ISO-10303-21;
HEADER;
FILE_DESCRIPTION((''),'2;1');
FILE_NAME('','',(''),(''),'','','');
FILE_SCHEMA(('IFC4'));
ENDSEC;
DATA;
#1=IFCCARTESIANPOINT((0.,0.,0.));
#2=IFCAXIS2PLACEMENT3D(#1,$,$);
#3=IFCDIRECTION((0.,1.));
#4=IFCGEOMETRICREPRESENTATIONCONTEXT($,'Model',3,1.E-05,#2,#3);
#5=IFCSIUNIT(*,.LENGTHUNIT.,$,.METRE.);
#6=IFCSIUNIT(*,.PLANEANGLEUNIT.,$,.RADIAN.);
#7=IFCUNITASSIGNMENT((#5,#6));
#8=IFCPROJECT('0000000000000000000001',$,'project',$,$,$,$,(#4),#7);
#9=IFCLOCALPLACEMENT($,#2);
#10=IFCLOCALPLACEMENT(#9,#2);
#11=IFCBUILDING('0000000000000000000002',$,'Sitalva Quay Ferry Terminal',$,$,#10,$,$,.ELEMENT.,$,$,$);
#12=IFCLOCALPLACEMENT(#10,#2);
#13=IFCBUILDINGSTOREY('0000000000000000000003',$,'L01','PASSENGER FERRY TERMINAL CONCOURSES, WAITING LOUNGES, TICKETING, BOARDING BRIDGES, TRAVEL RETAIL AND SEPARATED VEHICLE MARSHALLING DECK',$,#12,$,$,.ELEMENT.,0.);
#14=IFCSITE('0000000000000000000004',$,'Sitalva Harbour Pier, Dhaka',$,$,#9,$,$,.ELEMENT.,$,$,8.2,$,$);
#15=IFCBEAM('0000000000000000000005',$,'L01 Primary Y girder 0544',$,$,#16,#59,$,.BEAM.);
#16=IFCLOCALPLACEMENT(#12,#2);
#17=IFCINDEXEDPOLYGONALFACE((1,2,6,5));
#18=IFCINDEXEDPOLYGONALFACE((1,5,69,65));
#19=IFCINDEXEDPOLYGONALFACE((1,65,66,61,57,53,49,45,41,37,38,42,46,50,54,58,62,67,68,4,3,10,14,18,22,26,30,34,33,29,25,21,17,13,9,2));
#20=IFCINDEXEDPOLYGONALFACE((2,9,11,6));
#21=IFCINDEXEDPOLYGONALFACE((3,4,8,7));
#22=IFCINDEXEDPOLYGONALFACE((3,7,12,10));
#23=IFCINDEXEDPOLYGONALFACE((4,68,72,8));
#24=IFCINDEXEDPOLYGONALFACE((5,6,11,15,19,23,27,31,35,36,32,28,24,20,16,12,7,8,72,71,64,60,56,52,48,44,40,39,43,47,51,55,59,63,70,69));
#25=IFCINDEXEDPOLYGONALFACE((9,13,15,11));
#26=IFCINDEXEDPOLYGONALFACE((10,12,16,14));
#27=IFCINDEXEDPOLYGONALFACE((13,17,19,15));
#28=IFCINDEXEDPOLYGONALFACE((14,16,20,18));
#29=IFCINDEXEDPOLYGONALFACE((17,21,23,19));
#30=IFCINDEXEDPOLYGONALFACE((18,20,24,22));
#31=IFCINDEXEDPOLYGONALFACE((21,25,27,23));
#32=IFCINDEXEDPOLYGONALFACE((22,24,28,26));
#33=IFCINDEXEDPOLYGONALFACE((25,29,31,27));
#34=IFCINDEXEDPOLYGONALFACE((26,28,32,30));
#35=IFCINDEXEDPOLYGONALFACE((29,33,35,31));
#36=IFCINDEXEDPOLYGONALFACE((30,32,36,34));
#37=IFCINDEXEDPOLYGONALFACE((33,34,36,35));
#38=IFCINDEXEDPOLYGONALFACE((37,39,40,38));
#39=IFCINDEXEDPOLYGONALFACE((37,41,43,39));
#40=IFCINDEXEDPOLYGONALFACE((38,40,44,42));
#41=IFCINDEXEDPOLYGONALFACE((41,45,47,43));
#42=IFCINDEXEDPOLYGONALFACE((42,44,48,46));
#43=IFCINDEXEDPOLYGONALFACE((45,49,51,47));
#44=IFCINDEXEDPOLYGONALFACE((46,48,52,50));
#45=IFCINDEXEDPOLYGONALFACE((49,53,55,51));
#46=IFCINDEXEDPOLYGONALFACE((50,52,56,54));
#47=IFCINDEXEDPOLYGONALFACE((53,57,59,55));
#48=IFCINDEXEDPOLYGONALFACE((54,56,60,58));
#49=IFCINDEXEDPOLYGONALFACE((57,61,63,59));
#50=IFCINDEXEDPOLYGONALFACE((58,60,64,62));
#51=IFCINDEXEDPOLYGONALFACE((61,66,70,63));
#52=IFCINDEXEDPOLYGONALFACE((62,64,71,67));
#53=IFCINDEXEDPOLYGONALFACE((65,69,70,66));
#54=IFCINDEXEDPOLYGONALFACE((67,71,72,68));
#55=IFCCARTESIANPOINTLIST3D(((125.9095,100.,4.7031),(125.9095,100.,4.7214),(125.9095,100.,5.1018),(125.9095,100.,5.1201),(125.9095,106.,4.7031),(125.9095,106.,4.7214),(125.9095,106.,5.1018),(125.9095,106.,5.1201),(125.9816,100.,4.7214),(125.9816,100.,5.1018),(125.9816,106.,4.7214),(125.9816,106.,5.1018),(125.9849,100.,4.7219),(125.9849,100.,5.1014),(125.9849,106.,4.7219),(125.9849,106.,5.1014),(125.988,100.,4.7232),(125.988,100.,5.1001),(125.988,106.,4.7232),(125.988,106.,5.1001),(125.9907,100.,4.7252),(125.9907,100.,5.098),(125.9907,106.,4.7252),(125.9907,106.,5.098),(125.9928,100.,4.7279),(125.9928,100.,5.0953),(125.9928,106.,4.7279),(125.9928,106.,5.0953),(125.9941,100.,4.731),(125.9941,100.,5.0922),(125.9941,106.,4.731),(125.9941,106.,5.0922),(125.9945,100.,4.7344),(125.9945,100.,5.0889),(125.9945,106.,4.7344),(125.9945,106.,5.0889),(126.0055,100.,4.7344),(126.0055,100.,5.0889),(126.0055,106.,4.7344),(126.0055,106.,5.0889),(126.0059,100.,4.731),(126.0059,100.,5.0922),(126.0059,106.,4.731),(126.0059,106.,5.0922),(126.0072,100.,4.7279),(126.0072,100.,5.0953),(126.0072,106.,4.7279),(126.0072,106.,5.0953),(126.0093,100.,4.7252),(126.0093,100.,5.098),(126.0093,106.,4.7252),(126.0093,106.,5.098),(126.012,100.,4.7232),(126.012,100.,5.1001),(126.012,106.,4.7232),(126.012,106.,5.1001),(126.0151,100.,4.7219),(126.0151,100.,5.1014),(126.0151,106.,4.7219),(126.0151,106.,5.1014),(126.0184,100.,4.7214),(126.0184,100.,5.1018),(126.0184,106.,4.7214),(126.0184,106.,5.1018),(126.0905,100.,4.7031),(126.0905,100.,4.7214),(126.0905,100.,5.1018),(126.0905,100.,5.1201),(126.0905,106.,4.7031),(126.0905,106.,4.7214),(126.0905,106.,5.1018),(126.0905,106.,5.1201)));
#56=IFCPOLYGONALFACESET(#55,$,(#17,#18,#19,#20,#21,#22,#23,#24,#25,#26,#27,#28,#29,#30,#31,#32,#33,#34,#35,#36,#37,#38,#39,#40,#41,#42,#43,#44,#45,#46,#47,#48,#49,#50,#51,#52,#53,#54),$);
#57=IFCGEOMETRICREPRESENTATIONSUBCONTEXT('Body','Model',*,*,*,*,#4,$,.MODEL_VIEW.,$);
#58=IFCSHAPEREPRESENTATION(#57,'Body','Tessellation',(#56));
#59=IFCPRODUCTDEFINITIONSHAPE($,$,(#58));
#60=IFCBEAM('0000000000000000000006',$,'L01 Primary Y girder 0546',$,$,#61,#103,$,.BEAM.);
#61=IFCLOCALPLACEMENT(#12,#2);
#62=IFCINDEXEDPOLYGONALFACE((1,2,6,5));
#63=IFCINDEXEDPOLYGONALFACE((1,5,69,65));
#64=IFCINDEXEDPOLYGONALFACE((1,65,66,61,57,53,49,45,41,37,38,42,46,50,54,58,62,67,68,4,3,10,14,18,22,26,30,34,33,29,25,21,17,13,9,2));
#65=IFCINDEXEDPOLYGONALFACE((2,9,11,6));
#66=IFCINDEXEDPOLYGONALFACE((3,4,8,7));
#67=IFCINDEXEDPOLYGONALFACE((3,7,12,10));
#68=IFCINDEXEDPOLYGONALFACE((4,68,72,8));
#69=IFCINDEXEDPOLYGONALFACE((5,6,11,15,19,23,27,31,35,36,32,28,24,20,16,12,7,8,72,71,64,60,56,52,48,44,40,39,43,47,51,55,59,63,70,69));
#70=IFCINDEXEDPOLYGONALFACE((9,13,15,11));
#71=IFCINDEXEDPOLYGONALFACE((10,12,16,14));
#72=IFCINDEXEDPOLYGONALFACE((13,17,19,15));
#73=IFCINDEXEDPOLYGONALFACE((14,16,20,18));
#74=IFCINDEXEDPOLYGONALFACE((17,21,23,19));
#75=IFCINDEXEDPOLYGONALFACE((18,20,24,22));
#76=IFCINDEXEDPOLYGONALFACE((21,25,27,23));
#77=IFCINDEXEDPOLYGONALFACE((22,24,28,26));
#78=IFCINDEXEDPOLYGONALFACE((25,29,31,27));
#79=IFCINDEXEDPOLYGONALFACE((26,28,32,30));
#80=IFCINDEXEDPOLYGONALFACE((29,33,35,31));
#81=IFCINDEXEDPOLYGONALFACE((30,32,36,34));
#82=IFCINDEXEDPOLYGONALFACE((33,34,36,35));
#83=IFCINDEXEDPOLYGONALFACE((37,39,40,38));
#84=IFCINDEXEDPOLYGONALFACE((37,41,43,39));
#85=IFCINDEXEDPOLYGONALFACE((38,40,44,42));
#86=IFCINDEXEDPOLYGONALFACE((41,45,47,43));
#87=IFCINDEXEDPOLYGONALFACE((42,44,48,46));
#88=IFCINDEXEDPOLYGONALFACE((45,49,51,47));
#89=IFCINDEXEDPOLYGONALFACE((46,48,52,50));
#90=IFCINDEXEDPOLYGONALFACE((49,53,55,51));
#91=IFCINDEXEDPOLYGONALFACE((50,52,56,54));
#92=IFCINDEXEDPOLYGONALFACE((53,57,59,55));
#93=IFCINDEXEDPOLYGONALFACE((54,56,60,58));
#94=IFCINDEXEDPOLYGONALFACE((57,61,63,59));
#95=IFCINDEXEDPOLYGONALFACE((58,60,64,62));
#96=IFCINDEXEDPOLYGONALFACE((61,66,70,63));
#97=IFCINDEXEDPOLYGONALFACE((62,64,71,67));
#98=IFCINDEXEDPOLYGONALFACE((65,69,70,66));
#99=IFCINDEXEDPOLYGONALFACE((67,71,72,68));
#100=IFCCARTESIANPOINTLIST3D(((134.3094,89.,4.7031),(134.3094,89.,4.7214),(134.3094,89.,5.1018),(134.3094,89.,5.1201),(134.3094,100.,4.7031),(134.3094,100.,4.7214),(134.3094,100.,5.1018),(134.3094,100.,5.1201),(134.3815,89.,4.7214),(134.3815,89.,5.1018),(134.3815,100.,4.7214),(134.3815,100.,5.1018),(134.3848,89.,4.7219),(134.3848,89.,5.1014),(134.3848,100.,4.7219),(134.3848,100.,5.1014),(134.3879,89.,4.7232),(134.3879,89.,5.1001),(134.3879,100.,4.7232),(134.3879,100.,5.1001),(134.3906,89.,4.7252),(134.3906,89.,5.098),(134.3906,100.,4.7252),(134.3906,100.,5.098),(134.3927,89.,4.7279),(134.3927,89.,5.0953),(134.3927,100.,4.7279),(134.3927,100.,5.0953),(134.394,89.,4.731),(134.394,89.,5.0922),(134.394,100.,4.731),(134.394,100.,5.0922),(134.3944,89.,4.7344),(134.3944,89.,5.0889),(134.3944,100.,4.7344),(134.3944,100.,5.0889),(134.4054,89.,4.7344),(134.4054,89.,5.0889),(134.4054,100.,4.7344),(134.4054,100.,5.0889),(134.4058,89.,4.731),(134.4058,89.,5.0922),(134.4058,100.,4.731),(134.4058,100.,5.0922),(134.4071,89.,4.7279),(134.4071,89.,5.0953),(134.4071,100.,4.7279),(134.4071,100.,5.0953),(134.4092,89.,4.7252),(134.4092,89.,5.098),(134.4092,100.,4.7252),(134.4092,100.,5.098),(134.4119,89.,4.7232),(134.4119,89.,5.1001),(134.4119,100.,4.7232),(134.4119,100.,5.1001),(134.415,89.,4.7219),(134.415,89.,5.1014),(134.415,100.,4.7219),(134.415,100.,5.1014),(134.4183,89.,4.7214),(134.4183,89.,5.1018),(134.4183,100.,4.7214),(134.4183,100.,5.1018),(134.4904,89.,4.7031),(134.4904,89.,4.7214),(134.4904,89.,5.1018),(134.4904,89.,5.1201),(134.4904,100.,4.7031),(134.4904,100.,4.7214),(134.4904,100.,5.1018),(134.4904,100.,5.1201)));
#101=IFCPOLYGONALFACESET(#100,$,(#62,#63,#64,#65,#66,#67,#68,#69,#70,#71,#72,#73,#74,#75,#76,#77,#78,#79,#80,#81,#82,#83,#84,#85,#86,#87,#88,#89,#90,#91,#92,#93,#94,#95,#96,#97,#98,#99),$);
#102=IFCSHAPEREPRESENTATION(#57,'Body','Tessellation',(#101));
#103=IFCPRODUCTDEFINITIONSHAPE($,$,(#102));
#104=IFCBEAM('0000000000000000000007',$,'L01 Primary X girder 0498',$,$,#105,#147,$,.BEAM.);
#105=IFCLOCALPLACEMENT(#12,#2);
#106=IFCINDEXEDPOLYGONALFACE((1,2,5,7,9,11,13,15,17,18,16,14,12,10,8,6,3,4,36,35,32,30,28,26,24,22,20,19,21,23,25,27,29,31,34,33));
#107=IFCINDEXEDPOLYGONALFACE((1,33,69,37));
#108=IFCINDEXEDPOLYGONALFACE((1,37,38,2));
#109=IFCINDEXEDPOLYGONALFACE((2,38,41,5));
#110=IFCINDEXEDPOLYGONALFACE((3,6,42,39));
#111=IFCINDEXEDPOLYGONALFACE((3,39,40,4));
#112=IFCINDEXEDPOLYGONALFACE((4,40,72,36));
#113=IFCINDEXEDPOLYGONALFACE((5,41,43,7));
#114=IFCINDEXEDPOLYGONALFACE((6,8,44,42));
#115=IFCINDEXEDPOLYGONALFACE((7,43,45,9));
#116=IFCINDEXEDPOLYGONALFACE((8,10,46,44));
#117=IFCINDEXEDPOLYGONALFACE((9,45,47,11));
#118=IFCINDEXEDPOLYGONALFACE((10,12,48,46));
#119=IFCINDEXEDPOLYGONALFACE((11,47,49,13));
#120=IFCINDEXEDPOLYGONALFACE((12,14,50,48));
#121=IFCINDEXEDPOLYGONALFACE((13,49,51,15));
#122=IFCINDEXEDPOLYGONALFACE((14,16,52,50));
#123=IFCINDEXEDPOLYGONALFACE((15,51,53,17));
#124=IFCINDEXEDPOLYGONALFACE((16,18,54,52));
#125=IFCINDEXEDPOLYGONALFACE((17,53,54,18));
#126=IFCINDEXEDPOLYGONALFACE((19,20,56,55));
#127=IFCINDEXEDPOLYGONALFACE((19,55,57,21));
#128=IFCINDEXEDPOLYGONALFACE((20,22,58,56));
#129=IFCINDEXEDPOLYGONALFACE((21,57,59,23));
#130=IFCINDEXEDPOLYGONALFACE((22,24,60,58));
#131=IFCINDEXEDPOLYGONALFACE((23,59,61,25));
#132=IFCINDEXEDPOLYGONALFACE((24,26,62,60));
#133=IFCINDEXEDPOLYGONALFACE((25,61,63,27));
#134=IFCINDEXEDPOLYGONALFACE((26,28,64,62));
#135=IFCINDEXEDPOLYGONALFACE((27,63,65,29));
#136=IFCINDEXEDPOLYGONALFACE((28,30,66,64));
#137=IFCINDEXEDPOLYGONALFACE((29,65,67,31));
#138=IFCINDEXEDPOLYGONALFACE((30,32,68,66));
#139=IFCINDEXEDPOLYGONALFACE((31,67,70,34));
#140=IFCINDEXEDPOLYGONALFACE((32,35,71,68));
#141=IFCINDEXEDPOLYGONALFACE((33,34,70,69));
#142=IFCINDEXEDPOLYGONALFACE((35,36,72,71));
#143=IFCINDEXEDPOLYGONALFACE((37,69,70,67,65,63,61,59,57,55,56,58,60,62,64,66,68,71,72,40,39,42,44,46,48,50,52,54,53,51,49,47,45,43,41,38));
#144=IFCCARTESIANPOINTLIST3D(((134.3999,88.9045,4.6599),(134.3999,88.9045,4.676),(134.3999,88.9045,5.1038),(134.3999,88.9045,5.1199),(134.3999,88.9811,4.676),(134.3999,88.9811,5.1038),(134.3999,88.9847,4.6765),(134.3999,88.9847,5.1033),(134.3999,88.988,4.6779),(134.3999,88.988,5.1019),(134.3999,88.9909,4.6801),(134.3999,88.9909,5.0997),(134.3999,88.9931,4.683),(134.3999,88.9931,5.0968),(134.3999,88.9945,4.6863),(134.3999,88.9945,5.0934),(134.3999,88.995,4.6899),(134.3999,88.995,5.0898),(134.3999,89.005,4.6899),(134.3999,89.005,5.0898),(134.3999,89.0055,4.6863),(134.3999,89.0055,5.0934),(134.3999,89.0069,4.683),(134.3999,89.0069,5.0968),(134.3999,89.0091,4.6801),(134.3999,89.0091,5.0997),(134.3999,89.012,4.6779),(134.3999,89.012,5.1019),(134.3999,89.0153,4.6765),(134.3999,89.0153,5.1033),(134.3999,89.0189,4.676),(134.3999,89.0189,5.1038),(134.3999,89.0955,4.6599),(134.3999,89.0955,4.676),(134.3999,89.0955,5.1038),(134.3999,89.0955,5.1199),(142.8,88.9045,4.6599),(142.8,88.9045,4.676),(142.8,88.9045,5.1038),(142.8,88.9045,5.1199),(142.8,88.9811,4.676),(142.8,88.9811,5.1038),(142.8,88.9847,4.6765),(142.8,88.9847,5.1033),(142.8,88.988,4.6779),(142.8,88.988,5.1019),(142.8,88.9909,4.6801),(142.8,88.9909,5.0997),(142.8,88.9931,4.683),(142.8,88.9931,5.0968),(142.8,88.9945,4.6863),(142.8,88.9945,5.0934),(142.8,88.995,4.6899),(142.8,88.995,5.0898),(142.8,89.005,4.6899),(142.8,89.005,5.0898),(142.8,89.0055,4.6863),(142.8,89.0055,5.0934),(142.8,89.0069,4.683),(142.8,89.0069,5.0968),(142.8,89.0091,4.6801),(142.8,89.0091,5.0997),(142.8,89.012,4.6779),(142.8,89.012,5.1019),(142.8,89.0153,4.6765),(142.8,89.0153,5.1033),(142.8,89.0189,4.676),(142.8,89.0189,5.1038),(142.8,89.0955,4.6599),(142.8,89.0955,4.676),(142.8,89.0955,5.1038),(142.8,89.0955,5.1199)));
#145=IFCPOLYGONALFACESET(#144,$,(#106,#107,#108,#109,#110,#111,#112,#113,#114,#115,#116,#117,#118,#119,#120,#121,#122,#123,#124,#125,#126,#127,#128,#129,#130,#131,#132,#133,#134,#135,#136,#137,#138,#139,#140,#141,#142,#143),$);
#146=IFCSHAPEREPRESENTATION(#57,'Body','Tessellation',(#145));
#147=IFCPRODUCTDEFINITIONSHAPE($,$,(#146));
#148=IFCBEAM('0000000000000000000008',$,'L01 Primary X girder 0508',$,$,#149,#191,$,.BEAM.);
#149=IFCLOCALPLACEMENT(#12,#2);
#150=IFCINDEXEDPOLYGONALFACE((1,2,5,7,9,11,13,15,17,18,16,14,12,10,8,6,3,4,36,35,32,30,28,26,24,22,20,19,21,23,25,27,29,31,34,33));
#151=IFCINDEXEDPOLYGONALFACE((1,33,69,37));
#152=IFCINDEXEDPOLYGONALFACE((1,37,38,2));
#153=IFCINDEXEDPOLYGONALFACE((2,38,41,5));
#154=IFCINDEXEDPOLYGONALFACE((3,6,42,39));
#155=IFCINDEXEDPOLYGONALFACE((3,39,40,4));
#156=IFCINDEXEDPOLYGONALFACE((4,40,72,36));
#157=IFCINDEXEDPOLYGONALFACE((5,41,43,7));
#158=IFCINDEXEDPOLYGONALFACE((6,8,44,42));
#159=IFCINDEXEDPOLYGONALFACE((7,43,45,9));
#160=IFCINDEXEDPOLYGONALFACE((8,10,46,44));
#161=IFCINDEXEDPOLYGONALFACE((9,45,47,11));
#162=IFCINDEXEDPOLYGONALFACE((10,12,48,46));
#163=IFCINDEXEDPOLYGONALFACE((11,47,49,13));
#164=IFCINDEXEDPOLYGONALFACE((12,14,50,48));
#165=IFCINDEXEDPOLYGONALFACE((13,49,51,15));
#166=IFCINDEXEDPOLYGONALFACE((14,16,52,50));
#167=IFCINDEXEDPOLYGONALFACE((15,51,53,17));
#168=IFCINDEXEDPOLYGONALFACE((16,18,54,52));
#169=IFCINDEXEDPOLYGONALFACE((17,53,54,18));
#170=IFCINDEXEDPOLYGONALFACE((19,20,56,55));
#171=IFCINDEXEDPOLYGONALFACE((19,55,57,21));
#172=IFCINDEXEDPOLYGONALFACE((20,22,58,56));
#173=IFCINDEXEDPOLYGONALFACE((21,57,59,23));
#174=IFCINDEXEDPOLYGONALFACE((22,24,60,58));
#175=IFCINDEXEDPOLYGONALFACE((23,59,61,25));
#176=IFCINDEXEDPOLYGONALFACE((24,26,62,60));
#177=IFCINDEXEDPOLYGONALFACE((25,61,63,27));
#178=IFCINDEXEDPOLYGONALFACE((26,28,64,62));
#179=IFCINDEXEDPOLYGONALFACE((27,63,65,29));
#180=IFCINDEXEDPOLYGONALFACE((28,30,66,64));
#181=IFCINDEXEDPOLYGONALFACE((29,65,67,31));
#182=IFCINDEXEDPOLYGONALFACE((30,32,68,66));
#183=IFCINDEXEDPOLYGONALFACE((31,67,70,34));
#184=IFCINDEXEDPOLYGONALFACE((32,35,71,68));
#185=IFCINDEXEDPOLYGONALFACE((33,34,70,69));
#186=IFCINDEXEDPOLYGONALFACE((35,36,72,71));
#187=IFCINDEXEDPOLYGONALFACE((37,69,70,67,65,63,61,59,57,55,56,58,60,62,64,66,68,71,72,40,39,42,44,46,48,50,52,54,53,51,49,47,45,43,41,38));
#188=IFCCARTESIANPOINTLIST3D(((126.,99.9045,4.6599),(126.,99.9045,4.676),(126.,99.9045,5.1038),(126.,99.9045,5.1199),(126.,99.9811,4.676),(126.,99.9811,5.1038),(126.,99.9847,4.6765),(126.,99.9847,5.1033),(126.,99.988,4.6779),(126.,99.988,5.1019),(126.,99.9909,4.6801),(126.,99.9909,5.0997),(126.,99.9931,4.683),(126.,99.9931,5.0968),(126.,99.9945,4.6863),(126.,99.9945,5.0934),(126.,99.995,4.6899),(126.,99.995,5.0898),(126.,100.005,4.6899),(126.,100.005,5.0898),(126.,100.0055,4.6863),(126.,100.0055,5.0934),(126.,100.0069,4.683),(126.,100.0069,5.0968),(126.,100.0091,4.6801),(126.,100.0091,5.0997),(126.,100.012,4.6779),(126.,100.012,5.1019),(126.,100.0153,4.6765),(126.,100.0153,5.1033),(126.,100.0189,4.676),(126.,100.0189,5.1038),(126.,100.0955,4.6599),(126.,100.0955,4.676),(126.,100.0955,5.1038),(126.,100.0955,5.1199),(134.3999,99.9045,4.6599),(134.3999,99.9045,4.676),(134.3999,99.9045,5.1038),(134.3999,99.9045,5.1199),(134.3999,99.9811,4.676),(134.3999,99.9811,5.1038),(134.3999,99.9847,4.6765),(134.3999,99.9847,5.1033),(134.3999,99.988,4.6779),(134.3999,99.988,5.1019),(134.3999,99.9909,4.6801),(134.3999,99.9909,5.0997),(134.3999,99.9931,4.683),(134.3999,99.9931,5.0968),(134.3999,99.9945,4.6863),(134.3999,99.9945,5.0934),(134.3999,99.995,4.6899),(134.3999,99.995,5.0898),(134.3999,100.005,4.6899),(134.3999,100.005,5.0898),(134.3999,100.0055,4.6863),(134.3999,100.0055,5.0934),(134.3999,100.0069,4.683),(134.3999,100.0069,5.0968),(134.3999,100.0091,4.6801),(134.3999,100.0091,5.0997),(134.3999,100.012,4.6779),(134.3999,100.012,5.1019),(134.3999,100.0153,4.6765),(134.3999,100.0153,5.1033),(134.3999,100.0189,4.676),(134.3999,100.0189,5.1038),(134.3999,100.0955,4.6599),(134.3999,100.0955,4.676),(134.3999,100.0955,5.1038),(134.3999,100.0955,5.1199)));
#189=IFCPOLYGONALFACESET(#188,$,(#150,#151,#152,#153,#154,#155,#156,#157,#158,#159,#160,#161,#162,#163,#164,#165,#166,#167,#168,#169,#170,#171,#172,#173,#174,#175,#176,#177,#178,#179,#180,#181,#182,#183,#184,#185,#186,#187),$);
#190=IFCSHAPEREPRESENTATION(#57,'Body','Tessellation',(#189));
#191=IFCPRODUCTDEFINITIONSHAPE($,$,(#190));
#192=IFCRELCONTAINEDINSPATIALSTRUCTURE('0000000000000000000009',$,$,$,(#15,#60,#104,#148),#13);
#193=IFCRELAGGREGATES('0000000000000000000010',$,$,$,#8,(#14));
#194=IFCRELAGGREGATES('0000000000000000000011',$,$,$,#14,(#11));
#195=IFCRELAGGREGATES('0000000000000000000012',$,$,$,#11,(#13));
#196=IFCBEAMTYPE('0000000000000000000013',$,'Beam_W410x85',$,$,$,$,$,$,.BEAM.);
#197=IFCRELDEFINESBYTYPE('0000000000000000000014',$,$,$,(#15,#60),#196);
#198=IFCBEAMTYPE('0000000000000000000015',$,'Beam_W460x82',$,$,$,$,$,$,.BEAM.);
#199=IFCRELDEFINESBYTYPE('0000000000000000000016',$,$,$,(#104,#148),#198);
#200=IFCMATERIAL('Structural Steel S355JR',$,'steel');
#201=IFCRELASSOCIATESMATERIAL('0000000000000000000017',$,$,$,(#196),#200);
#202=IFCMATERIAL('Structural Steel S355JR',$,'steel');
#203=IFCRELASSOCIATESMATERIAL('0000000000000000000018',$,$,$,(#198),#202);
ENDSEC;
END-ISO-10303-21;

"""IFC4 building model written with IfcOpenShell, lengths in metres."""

from ifc_helpers import new_model, si_unit, direction, frame, origin, origin_2d, place, context, subcontext, project, spatial, i_section, extrude, material, material_profile, profile_set, type_object, element, save


model = new_model("IFC4")

# Units and contexts
model_context = context("Model", 3, precision=1e-05, world=origin(), true_north=direction((0.0, 1.0)))
body_context = subcontext(model_context, "Body", "Model", "MODEL_VIEW")
ifc_project = project(units=[si_unit("LENGTHUNIT", "METRE"), si_unit("PLANEANGLEUNIT", "RADIAN")], contexts=[model_context])

# Site, building, storey
site_placement = place(None, origin())
site = spatial("IfcSite", under=ifc_project, at=site_placement, Name="Sitalva Harbour Pier, Dhaka", CompositionType="ELEMENT", RefElevation=8.2)
building_placement = place(site_placement, origin())
building = spatial("IfcBuilding", under=site, at=building_placement, Name="Sitalva Quay Ferry Terminal", CompositionType="ELEMENT")
storey_placement = place(building_placement, origin())
storey = spatial("IfcBuildingStorey", under=building, at=storey_placement, Name="L01", Description="PASSENGER FERRY TERMINAL CONCOURSES, WAITING LOUNGES, TICKETING, BOARDING BRIDGES, TRAVEL RETAIL AND SEPARATED VEHICLE MARSHALLING DECK", CompositionType="ELEMENT", Elevation=0.0)

# Beams
ifc_material_1 = material(Name="Structural Steel S355JR", Category="steel")
ifc_material_profile_1 = material_profile(ifc_material_1, i_section(OverallWidth=0.1809, OverallDepth=0.417, WebThickness=0.011, FlangeThickness=0.0183, FilletRadius=0.0129, at=origin_2d()), Name="W410x85")
ifc_profile_set_1 = profile_set([ifc_material_profile_1], Name="Structural Steel S355JR")
beam_type_1 = type_object("IfcBeamType", Name="Beam_W410x85", PredefinedType="BEAM", material=ifc_profile_set_1)
beam_1_placement = place(storey_placement, frame((126.0, 100.0, 4.9116), z_axis=(0.0, 1.0, 0.0), x_axis=(-1.0, 0.0, 0.0)))
element("IfcBeam", 1, at=beam_1_placement, inside=storey, type_object=beam_type_1, Name="L01 Primary Y girder 0544", PredefinedType="BEAM", context=body_context, shape_type="SweptSolid", body=[
    extrude(i_section(OverallWidth=0.1809, OverallDepth=0.417, WebThickness=0.011, FlangeThickness=0.0183, FilletRadius=0.0129, at=origin_2d()), origin(), (0.0, 0.0, 1.0), 6.0),
])
beam_2_placement = place(storey_placement, frame((134.3999, 89.0, 4.9116), z_axis=(0.0, 1.0, 0.0), x_axis=(-1.0, 0.0, 0.0)))
element("IfcBeam", 2, at=beam_2_placement, inside=storey, type_object=beam_type_1, Name="L01 Primary Y girder 0546", PredefinedType="BEAM", context=body_context, shape_type="SweptSolid", body=[
    extrude(i_section(OverallWidth=0.1809, OverallDepth=0.417, WebThickness=0.011, FlangeThickness=0.0183, FilletRadius=0.0129, at=origin_2d()), origin(), (0.0, 0.0, 1.0), 11.0),
])
ifc_material_2 = material(Name="Structural Steel S355JR", Category="steel")
ifc_material_profile_2 = material_profile(ifc_material_2, i_section(OverallWidth=0.1909, OverallDepth=0.46, WebThickness=0.01, FlangeThickness=0.0161, FilletRadius=0.0139, at=origin_2d()), Name="W460x82")
ifc_profile_set_2 = profile_set([ifc_material_profile_2], Name="Structural Steel S355JR")
beam_type_2 = type_object("IfcBeamType", Name="Beam_W460x82", PredefinedType="BEAM", material=ifc_profile_set_2)
beam_3_placement = place(storey_placement, frame((134.3999, 89.0, 4.8899), z_axis=(1.0, 0.0, 0.0), x_axis=(0.0, 1.0, 0.0)))
element("IfcBeam", 3, at=beam_3_placement, inside=storey, type_object=beam_type_2, Name="L01 Primary X girder 0498", PredefinedType="BEAM", context=body_context, shape_type="SweptSolid", body=[
    extrude(i_section(OverallWidth=0.1909, OverallDepth=0.46, WebThickness=0.01, FlangeThickness=0.0161, FilletRadius=0.0139, at=origin_2d()), origin(), (0.0, 0.0, 1.0), 8.4001),
])
beam_4_placement = place(storey_placement, frame((126.0, 100.0, 4.8899), z_axis=(1.0, 0.0, 0.0), x_axis=(0.0, 1.0, 0.0)))
element("IfcBeam", 4, at=beam_4_placement, inside=storey, type_object=beam_type_2, Name="L01 Primary X girder 0508", PredefinedType="BEAM", context=body_context, shape_type="SweptSolid", body=[
    extrude(i_section(OverallWidth=0.1909, OverallDepth=0.46, WebThickness=0.01, FlangeThickness=0.0161, FilletRadius=0.0139, at=origin_2d()), origin(), (0.0, 0.0, 1.0), 8.3999),
])

save(model, "model.ifc")
